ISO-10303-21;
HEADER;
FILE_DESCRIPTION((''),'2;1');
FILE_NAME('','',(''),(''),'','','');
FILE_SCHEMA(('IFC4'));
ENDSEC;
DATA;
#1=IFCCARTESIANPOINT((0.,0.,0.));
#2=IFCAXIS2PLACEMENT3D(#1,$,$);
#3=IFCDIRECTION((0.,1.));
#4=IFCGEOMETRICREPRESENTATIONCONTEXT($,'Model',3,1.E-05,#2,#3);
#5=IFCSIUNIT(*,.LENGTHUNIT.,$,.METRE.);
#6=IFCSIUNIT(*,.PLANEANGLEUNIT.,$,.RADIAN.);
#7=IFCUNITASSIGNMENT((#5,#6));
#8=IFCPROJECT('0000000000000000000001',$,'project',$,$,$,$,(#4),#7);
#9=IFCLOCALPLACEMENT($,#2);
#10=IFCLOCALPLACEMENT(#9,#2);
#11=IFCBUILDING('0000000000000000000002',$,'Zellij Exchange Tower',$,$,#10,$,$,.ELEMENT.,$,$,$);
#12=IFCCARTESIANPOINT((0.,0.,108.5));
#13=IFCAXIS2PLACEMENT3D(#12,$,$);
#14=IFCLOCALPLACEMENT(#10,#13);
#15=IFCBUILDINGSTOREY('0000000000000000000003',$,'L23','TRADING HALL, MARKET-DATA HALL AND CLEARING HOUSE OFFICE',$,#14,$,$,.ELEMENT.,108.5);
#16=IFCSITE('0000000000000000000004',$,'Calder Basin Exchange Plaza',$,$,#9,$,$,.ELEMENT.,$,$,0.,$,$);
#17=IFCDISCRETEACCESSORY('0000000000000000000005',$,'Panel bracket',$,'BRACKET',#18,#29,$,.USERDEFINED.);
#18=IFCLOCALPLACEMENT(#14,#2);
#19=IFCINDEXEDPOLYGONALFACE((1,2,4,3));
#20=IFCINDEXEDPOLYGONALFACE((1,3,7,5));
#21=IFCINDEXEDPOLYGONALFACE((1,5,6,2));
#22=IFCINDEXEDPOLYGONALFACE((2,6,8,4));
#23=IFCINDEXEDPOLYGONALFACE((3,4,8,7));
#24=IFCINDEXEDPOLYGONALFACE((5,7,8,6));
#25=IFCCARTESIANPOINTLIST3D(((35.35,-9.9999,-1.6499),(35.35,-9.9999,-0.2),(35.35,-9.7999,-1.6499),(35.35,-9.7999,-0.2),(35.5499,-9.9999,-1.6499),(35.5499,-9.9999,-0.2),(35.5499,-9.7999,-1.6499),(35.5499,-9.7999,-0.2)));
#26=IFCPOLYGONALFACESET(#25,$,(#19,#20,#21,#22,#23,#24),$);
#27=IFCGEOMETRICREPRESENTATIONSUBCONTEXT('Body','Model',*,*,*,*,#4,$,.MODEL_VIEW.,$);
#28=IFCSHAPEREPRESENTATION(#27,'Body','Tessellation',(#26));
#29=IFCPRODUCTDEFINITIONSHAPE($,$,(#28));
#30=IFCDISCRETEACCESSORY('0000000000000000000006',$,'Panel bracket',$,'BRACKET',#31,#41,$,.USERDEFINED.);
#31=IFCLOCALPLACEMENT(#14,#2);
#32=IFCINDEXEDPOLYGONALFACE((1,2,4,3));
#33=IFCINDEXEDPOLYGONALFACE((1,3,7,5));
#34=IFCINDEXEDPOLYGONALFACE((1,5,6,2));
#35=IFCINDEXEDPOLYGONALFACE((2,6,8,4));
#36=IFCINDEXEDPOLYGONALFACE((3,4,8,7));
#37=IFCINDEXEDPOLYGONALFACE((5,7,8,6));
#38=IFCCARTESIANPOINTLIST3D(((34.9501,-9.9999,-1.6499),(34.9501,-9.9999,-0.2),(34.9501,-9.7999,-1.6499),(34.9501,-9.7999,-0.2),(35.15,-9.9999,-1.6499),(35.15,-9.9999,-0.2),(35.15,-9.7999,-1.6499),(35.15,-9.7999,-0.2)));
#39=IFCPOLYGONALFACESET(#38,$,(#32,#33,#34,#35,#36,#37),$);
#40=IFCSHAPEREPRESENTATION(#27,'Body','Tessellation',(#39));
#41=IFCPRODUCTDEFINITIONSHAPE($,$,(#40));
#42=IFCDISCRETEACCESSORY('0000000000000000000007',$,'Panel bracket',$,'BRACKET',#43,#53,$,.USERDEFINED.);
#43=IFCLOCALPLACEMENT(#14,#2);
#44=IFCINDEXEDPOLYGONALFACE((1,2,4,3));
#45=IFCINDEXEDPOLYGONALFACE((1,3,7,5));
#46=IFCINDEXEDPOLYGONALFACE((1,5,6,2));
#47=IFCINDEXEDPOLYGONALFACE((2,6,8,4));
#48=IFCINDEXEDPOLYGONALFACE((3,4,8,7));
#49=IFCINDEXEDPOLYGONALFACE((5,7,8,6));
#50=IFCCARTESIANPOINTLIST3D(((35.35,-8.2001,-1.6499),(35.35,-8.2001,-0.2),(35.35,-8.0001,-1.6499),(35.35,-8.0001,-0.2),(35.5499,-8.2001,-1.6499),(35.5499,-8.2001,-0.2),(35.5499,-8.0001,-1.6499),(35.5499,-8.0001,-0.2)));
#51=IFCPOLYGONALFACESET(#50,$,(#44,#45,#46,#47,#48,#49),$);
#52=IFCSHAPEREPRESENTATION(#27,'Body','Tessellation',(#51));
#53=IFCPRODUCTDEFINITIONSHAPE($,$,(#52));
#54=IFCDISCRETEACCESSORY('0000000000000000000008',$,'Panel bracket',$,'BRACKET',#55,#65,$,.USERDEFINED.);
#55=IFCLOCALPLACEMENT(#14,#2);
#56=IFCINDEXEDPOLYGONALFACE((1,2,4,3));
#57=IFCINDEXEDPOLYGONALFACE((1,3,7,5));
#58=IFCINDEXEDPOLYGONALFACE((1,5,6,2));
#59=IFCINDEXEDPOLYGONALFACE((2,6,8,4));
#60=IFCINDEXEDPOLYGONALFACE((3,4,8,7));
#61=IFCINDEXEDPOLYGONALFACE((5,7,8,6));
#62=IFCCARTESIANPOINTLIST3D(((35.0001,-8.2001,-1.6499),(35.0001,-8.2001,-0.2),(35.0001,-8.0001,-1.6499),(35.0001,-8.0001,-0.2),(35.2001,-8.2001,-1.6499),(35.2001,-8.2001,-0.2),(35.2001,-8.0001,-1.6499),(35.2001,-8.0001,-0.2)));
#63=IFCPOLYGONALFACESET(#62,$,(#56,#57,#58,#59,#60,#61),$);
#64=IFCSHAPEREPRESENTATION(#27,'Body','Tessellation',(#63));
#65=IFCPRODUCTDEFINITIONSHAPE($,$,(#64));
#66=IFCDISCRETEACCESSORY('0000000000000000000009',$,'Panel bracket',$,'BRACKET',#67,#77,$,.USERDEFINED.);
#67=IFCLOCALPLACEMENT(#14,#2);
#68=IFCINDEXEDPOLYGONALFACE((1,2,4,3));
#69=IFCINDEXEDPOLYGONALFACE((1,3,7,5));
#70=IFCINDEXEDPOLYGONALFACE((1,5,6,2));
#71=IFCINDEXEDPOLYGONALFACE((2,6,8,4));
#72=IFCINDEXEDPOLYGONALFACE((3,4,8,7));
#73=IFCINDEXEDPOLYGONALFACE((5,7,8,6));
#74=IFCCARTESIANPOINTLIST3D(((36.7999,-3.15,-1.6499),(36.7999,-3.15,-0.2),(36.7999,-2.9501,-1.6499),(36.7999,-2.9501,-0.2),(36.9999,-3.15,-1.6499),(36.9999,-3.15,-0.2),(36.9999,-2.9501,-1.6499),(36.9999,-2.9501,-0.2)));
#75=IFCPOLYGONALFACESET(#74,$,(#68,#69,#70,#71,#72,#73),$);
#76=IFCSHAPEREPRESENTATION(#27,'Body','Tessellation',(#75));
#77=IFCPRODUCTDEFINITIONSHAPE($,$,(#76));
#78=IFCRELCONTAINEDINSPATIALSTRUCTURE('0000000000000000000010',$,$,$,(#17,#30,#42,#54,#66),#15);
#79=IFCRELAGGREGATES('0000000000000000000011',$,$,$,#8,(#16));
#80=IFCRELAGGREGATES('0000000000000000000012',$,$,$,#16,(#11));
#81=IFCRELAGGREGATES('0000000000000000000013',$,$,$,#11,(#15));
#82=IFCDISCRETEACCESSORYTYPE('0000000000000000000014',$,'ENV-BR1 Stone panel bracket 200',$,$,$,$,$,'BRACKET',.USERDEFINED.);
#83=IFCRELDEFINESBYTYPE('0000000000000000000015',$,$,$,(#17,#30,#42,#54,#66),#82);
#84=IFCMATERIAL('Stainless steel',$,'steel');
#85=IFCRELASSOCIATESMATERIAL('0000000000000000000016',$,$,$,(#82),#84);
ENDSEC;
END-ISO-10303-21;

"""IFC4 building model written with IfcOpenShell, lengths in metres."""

from ifc_helpers import new_model, si_unit, direction, frame, origin, origin_2d, place, context, subcontext, project, spatial, rectangle, extrude, material, type_object, element, save


model = new_model("IFC4")

# Units and contexts
model_context = context("Model", 3, precision=1e-05, world=origin(), true_north=direction((0.0, 1.0)))
body_context = subcontext(model_context, "Body", "Model", "MODEL_VIEW")
ifc_project = project(units=[si_unit("LENGTHUNIT", "METRE"), si_unit("PLANEANGLEUNIT", "RADIAN")], contexts=[model_context])

# Site, building, storey
site_placement = place(None, origin())
site = spatial("IfcSite", under=ifc_project, at=site_placement, Name="Calder Basin Exchange Plaza", CompositionType="ELEMENT", RefElevation=0.0)
building_placement = place(site_placement, origin())
building = spatial("IfcBuilding", under=site, at=building_placement, Name="Zellij Exchange Tower", CompositionType="ELEMENT")
storey_placement = place(building_placement, frame((0.0, 0.0, 108.5)))
storey = spatial("IfcBuildingStorey", under=building, at=storey_placement, Name="L23", Description="TRADING HALL, MARKET-DATA HALL AND CLEARING HOUSE OFFICE", CompositionType="ELEMENT", Elevation=108.5)

# Shared definitions
ifc_material_1 = material(Name="Stainless steel", Category="steel")

# Discrete accessories
discrete_accessory_type = type_object("IfcDiscreteAccessoryType", Name="ENV-BR1 Stone panel bracket 200", ElementType="BRACKET", PredefinedType="USERDEFINED", material=ifc_material_1)
for number, where, z_axis, x_axis, name in (
    (1, (35.45, -9.8999, -1.6499), (0.0, 0.0, 1.0), (1.0, 0.0, 0.0), "Panel bracket"),
    (2, (35.05, -9.8999, -1.6499), (0.0, 0.0, 1.0), (1.0, 0.0, 0.0), "Panel bracket"),
    (3, (35.45, -8.1001, -1.6499), (0.0, 0.0, 1.0), (1.0, 0.0, 0.0), "Panel bracket"),
    (4, (35.1001, -8.1001, -1.6499), (0.0, 0.0, 1.0), (1.0, 0.0, 0.0), "Panel bracket"),
    (5, (36.8999, -3.05, -1.6499), (0.0, 0.0, 1.0), (1.0, 0.0, 0.0), "Panel bracket"),
):
    element("IfcDiscreteAccessory", number, at=place(storey_placement, frame(where, z_axis=z_axis, x_axis=x_axis)), inside=storey, type_object=discrete_accessory_type, Name=name, ObjectType="BRACKET", PredefinedType="USERDEFINED", context=body_context, shape_type="SweptSolid", body=[
        extrude(rectangle(XDim=0.2, YDim=0.2, at=origin_2d()), origin(), (0.0, 0.0, 1.0), 1.45),
    ])

save(model, "model.ifc")
